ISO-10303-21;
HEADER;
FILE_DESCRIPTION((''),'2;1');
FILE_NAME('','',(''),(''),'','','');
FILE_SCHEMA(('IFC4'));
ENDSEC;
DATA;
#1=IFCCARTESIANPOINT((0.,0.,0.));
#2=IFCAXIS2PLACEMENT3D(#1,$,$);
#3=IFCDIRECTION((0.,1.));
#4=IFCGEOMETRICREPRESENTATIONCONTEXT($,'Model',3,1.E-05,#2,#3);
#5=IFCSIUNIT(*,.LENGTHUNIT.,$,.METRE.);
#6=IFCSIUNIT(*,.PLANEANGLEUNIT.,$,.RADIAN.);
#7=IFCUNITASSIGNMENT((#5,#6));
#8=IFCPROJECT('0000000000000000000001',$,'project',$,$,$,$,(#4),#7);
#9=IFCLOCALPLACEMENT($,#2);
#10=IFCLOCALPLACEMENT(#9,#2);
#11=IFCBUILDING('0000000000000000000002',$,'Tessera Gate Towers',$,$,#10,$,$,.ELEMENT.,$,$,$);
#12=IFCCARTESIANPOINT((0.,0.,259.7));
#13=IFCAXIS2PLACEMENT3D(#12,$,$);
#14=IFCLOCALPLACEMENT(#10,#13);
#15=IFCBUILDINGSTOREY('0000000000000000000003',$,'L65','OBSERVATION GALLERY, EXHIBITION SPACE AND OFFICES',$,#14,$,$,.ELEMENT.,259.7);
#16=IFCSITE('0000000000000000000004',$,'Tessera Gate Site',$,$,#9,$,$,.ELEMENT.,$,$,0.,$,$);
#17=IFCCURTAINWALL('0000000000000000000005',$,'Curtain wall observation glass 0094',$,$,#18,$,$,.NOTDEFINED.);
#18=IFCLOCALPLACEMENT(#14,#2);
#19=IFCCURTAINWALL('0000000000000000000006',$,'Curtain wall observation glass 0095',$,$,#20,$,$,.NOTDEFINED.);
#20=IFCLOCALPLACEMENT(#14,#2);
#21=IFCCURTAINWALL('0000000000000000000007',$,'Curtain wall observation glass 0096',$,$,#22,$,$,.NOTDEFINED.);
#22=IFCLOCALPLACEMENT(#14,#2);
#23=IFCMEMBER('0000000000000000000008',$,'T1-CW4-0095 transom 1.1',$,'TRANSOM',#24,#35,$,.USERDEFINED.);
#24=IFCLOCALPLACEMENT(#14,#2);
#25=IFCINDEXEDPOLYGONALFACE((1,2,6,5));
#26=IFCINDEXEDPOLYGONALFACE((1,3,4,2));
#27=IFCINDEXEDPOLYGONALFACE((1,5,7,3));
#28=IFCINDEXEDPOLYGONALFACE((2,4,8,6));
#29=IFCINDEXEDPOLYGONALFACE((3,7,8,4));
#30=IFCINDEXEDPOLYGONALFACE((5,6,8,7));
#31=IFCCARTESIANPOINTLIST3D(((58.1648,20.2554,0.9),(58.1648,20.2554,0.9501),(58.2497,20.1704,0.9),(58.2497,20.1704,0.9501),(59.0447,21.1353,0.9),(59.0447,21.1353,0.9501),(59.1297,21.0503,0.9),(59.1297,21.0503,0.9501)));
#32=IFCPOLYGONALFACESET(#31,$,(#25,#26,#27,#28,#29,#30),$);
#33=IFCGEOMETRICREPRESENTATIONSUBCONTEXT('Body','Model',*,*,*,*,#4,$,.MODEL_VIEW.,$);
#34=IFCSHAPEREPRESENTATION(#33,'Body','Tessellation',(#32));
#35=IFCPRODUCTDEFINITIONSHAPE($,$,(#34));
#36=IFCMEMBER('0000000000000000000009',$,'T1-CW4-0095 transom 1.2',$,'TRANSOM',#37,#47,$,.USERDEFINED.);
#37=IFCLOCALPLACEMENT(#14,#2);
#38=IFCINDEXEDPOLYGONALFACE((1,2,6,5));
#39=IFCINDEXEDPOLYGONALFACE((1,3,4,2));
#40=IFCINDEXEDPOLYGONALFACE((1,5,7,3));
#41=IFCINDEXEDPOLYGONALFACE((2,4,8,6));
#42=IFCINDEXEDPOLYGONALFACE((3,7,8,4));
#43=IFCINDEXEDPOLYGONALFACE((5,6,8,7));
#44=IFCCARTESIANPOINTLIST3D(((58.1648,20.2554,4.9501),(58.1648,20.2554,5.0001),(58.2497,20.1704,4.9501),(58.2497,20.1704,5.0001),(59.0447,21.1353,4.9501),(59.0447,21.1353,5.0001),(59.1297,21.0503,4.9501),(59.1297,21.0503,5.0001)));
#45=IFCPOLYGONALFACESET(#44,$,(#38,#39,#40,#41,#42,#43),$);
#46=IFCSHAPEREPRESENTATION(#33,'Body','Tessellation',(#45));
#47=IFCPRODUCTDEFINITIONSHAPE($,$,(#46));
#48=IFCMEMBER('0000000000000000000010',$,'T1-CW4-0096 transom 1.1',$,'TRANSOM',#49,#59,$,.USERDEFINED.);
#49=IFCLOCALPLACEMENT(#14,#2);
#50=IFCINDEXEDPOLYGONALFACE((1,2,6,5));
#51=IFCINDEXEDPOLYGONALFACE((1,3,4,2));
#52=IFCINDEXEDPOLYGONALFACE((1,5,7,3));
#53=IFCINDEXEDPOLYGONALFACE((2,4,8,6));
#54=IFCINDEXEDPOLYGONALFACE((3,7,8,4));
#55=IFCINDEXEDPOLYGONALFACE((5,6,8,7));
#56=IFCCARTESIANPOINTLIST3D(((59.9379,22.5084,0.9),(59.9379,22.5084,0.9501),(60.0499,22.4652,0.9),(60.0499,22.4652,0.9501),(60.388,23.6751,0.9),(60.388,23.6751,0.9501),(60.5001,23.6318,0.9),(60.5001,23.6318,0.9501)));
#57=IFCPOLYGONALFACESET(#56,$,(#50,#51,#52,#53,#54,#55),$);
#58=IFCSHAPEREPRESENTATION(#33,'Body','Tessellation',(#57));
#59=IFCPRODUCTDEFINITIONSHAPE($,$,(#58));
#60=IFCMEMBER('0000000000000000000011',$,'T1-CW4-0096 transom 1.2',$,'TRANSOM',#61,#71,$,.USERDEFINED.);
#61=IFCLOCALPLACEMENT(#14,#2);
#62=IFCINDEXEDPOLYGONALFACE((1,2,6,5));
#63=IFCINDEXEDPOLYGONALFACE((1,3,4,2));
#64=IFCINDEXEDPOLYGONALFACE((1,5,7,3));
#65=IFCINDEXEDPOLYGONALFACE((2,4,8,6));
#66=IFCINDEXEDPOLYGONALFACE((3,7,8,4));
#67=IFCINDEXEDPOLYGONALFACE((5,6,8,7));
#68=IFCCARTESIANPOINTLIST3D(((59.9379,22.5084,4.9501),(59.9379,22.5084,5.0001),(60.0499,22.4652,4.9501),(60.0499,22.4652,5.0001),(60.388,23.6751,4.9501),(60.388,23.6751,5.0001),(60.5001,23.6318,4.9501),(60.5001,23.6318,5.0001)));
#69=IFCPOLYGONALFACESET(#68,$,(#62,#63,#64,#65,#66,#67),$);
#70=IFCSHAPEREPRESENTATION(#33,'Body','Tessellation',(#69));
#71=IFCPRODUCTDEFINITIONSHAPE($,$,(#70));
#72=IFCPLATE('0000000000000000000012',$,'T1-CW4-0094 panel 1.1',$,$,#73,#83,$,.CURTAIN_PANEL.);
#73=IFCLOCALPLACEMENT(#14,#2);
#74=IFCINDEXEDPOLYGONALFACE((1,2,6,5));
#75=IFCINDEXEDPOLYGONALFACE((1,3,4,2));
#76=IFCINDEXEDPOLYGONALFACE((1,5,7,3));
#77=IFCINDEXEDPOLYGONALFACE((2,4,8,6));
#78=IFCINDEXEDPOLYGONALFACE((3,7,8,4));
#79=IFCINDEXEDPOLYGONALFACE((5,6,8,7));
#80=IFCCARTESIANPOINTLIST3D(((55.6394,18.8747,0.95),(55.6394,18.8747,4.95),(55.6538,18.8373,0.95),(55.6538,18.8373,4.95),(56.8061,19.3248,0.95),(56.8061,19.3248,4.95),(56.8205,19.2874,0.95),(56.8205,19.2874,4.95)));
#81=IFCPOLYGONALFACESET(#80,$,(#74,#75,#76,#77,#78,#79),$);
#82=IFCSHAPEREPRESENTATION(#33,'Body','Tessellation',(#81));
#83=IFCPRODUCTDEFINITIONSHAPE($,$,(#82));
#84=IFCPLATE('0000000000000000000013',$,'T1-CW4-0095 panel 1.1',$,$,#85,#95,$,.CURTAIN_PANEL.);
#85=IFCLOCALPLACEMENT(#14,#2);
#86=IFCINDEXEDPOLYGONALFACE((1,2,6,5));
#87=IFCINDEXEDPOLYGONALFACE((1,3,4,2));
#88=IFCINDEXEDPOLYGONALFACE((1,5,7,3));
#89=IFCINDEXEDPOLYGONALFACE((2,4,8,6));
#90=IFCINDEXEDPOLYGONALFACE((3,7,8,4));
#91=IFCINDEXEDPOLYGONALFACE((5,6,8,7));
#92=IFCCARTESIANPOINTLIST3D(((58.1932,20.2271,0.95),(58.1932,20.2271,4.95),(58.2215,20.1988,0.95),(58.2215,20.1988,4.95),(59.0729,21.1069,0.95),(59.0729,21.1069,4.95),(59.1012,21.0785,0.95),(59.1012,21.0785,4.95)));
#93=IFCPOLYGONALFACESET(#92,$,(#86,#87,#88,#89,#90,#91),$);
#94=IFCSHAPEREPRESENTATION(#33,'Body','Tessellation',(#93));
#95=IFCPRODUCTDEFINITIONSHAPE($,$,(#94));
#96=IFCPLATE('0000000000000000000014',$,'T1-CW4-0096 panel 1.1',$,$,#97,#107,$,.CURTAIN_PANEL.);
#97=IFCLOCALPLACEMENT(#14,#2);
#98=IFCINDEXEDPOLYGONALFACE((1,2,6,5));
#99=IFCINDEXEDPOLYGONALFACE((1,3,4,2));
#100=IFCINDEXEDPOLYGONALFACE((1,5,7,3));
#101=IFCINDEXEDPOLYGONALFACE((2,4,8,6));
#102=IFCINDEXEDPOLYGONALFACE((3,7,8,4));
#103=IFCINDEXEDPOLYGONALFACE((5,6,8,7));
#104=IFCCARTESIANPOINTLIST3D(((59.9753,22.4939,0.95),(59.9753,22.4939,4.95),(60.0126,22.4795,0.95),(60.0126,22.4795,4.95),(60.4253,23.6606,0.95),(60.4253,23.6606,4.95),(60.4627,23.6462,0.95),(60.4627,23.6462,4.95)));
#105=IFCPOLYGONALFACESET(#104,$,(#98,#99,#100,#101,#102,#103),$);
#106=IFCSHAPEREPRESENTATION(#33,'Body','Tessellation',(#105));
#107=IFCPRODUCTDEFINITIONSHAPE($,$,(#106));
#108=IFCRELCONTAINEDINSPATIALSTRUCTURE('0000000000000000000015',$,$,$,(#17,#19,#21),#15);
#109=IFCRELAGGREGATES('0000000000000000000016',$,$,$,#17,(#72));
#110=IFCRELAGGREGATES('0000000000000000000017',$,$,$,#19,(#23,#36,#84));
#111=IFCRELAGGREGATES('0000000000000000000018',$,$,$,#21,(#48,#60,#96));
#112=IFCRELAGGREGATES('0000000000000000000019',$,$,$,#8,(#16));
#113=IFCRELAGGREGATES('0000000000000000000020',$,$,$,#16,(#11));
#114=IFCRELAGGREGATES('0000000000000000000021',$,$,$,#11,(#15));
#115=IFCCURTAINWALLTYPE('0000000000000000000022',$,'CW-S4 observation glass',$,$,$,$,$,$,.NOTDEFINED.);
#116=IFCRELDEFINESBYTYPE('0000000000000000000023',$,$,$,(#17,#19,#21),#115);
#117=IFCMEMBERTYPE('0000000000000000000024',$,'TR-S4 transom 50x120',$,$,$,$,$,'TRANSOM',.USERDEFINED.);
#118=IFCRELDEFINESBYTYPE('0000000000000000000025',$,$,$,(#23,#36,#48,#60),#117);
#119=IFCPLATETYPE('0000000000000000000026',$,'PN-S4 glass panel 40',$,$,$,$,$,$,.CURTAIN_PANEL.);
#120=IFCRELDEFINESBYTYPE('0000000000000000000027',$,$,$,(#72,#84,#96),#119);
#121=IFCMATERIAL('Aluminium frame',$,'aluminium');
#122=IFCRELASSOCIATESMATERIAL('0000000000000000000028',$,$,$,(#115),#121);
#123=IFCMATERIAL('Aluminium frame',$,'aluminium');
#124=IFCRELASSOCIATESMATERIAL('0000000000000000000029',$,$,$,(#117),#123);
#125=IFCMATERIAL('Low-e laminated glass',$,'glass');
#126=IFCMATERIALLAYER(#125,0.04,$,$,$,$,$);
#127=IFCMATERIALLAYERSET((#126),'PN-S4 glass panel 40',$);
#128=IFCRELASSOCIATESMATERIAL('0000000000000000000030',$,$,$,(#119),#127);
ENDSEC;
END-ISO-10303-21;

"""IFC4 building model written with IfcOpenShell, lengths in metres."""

from ifc_helpers import new_model, si_unit, direction, frame, origin, origin_2d, place, context, subcontext, project, spatial, rectangle, extrude, material, layer, layer_set, material_profile, profile_set, type_object, element, aggregate, save


model = new_model("IFC4")

# Units and contexts
model_context = context("Model", 3, precision=1e-05, world=origin(), true_north=direction((0.0, 1.0)))
body_context = subcontext(model_context, "Body", "Model", "MODEL_VIEW")
ifc_project = project(units=[si_unit("LENGTHUNIT", "METRE"), si_unit("PLANEANGLEUNIT", "RADIAN")], contexts=[model_context])

# Site, building, storey
site_placement = place(None, origin())
site = spatial("IfcSite", under=ifc_project, at=site_placement, Name="Tessera Gate Site", CompositionType="ELEMENT", RefElevation=0.0)
building_placement = place(site_placement, origin())
building = spatial("IfcBuilding", under=site, at=building_placement, Name="Tessera Gate Towers", CompositionType="ELEMENT")
storey_placement = place(building_placement, frame((0.0, 0.0, 259.7)))
storey = spatial("IfcBuildingStorey", under=building, at=storey_placement, Name="L65", Description="OBSERVATION GALLERY, EXHIBITION SPACE AND OFFICES", CompositionType="ELEMENT", Elevation=259.7)

# Shared definitions
ifc_material_1 = material(Name="Aluminium frame", Category="aluminium")
curtain_wall_type = type_object("IfcCurtainWallType", Name="CW-S4 observation glass", PredefinedType="NOTDEFINED", material=ifc_material_1)

# Curtain walls
curtain_wall_1_placement = place(storey_placement, origin())
curtain_wall_1 = element("IfcCurtainWall", 1, at=curtain_wall_1_placement, inside=storey, type_object=curtain_wall_type, Name="Curtain wall observation glass 0094", PredefinedType="NOTDEFINED")
curtain_wall_2_placement = place(storey_placement, origin())
curtain_wall_2 = element("IfcCurtainWall", 2, at=curtain_wall_2_placement, inside=storey, type_object=curtain_wall_type, Name="Curtain wall observation glass 0095", PredefinedType="NOTDEFINED")
curtain_wall_3_placement = place(storey_placement, origin())
curtain_wall_3 = element("IfcCurtainWall", 3, at=curtain_wall_3_placement, inside=storey, type_object=curtain_wall_type, Name="Curtain wall observation glass 0096", PredefinedType="NOTDEFINED")

# Members
ifc_material_2 = material(Name="Aluminium frame", Category="aluminium")
ifc_material_profile_1 = material_profile(ifc_material_2, rectangle(XDim=0.1201, YDim=0.05, at=origin_2d()), Name="AL 50x120")
ifc_profile_set_1 = profile_set([ifc_material_profile_1], Name="Aluminium frame")
member_type_1 = type_object("IfcMemberType", Name="TR-S4 transom 50x120", ElementType="TRANSOM", PredefinedType="USERDEFINED", material=ifc_profile_set_1)
member_1_placement = place(storey_placement, frame((58.2073, 20.2129, 0.925), z_axis=(0.707107, 0.707107, 0.0), x_axis=(-0.707107, 0.707107, 0.0)))
member_1 = element("IfcMember", 4, at=member_1_placement, type_object=member_type_1, Name="T1-CW4-0095 transom 1.1", ObjectType="TRANSOM", PredefinedType="USERDEFINED", context=body_context, shape_type="SweptSolid", body=[
    extrude(rectangle(XDim=0.1201, YDim=0.05, at=origin_2d()), origin(), (0.0, 0.0, 1.0), 1.2444),
])
member_2_placement = place(storey_placement, frame((58.2073, 20.2129, 4.9751), z_axis=(0.707107, 0.707107, 0.0), x_axis=(-0.707107, 0.707107, 0.0)))
member_2 = element("IfcMember", 5, at=member_2_placement, type_object=member_type_1, Name="T1-CW4-0095 transom 1.2", ObjectType="TRANSOM", PredefinedType="USERDEFINED", context=body_context, shape_type="SweptSolid", body=[
    extrude(rectangle(XDim=0.1201, YDim=0.05, at=origin_2d()), origin(), (0.0, 0.0, 1.0), 1.2444),
])
member_3_placement = place(storey_placement, frame((59.9939, 22.4868, 0.925), z_axis=(0.359986, 0.932958, 0.0), x_axis=(-0.932958, 0.359986, 0.0)))
member_3 = element("IfcMember", 6, at=member_3_placement, type_object=member_type_1, Name="T1-CW4-0096 transom 1.1", ObjectType="TRANSOM", PredefinedType="USERDEFINED", context=body_context, shape_type="SweptSolid", body=[
    extrude(rectangle(XDim=0.1201, YDim=0.05, at=origin_2d()), origin(), (0.0, 0.0, 1.0), 1.2505),
])
member_4_placement = place(storey_placement, frame((59.9939, 22.4868, 4.9751), z_axis=(0.359986, 0.932958, 0.0), x_axis=(-0.932958, 0.359986, 0.0)))
member_4 = element("IfcMember", 7, at=member_4_placement, type_object=member_type_1, Name="T1-CW4-0096 transom 1.2", ObjectType="TRANSOM", PredefinedType="USERDEFINED", context=body_context, shape_type="SweptSolid", body=[
    extrude(rectangle(XDim=0.1201, YDim=0.05, at=origin_2d()), origin(), (0.0, 0.0, 1.0), 1.2505),
])

# Plates
ifc_material_3 = material(Name="Low-e laminated glass", Category="glass")
ifc_layer_1 = layer(ifc_material_3, 0.04)
ifc_layer_set_1 = layer_set([ifc_layer_1], Name="PN-S4 glass panel 40")
plate_type = type_object("IfcPlateType", Name="PN-S4 glass panel 40", PredefinedType="CURTAIN_PANEL", material=ifc_layer_set_1)
plate_1_placement = place(storey_placement, frame((56.23, 19.0811, 0.95), z_axis=(0.0, 0.0, 1.0), x_axis=(0.932989, 0.359904, 0.0)))
plate_1 = element("IfcPlate", 8, at=plate_1_placement, type_object=plate_type, Name="T1-CW4-0094 panel 1.1", PredefinedType="CURTAIN_PANEL", context=body_context, shape_type="SweptSolid", body=[
    extrude(rectangle(XDim=1.2505, YDim=0.04, at=origin_2d()), origin(), (0.0, 0.0, 1.0), 4.0),
])
aggregate(curtain_wall_1, [plate_1])
plate_2_placement = place(storey_placement, frame((58.6472, 20.6528, 0.95), z_axis=(0.0, 0.0, 1.0), x_axis=(0.707107, 0.707107, 0.0)))
plate_2 = element("IfcPlate", 9, at=plate_2_placement, type_object=plate_type, Name="T1-CW4-0095 panel 1.1", PredefinedType="CURTAIN_PANEL", context=body_context, shape_type="SweptSolid", body=[
    extrude(rectangle(XDim=1.2441, YDim=0.04, at=origin_2d()), origin(), (0.0, 0.0, 1.0), 4.0),
])
aggregate(curtain_wall_2, [member_1, member_2, plate_2])
plate_3_placement = place(storey_placement, frame((60.219, 23.0701, 0.95), z_axis=(0.0, 0.0, 1.0), x_axis=(0.359904, 0.932989, 0.0)))
plate_3 = element("IfcPlate", 10, at=plate_3_placement, type_object=plate_type, Name="T1-CW4-0096 panel 1.1", PredefinedType="CURTAIN_PANEL", context=body_context, shape_type="SweptSolid", body=[
    extrude(rectangle(XDim=1.2505, YDim=0.04, at=origin_2d()), origin(), (0.0, 0.0, 1.0), 4.0),
])
aggregate(curtain_wall_3, [member_3, member_4, plate_3])

save(model, "model.ifc")
